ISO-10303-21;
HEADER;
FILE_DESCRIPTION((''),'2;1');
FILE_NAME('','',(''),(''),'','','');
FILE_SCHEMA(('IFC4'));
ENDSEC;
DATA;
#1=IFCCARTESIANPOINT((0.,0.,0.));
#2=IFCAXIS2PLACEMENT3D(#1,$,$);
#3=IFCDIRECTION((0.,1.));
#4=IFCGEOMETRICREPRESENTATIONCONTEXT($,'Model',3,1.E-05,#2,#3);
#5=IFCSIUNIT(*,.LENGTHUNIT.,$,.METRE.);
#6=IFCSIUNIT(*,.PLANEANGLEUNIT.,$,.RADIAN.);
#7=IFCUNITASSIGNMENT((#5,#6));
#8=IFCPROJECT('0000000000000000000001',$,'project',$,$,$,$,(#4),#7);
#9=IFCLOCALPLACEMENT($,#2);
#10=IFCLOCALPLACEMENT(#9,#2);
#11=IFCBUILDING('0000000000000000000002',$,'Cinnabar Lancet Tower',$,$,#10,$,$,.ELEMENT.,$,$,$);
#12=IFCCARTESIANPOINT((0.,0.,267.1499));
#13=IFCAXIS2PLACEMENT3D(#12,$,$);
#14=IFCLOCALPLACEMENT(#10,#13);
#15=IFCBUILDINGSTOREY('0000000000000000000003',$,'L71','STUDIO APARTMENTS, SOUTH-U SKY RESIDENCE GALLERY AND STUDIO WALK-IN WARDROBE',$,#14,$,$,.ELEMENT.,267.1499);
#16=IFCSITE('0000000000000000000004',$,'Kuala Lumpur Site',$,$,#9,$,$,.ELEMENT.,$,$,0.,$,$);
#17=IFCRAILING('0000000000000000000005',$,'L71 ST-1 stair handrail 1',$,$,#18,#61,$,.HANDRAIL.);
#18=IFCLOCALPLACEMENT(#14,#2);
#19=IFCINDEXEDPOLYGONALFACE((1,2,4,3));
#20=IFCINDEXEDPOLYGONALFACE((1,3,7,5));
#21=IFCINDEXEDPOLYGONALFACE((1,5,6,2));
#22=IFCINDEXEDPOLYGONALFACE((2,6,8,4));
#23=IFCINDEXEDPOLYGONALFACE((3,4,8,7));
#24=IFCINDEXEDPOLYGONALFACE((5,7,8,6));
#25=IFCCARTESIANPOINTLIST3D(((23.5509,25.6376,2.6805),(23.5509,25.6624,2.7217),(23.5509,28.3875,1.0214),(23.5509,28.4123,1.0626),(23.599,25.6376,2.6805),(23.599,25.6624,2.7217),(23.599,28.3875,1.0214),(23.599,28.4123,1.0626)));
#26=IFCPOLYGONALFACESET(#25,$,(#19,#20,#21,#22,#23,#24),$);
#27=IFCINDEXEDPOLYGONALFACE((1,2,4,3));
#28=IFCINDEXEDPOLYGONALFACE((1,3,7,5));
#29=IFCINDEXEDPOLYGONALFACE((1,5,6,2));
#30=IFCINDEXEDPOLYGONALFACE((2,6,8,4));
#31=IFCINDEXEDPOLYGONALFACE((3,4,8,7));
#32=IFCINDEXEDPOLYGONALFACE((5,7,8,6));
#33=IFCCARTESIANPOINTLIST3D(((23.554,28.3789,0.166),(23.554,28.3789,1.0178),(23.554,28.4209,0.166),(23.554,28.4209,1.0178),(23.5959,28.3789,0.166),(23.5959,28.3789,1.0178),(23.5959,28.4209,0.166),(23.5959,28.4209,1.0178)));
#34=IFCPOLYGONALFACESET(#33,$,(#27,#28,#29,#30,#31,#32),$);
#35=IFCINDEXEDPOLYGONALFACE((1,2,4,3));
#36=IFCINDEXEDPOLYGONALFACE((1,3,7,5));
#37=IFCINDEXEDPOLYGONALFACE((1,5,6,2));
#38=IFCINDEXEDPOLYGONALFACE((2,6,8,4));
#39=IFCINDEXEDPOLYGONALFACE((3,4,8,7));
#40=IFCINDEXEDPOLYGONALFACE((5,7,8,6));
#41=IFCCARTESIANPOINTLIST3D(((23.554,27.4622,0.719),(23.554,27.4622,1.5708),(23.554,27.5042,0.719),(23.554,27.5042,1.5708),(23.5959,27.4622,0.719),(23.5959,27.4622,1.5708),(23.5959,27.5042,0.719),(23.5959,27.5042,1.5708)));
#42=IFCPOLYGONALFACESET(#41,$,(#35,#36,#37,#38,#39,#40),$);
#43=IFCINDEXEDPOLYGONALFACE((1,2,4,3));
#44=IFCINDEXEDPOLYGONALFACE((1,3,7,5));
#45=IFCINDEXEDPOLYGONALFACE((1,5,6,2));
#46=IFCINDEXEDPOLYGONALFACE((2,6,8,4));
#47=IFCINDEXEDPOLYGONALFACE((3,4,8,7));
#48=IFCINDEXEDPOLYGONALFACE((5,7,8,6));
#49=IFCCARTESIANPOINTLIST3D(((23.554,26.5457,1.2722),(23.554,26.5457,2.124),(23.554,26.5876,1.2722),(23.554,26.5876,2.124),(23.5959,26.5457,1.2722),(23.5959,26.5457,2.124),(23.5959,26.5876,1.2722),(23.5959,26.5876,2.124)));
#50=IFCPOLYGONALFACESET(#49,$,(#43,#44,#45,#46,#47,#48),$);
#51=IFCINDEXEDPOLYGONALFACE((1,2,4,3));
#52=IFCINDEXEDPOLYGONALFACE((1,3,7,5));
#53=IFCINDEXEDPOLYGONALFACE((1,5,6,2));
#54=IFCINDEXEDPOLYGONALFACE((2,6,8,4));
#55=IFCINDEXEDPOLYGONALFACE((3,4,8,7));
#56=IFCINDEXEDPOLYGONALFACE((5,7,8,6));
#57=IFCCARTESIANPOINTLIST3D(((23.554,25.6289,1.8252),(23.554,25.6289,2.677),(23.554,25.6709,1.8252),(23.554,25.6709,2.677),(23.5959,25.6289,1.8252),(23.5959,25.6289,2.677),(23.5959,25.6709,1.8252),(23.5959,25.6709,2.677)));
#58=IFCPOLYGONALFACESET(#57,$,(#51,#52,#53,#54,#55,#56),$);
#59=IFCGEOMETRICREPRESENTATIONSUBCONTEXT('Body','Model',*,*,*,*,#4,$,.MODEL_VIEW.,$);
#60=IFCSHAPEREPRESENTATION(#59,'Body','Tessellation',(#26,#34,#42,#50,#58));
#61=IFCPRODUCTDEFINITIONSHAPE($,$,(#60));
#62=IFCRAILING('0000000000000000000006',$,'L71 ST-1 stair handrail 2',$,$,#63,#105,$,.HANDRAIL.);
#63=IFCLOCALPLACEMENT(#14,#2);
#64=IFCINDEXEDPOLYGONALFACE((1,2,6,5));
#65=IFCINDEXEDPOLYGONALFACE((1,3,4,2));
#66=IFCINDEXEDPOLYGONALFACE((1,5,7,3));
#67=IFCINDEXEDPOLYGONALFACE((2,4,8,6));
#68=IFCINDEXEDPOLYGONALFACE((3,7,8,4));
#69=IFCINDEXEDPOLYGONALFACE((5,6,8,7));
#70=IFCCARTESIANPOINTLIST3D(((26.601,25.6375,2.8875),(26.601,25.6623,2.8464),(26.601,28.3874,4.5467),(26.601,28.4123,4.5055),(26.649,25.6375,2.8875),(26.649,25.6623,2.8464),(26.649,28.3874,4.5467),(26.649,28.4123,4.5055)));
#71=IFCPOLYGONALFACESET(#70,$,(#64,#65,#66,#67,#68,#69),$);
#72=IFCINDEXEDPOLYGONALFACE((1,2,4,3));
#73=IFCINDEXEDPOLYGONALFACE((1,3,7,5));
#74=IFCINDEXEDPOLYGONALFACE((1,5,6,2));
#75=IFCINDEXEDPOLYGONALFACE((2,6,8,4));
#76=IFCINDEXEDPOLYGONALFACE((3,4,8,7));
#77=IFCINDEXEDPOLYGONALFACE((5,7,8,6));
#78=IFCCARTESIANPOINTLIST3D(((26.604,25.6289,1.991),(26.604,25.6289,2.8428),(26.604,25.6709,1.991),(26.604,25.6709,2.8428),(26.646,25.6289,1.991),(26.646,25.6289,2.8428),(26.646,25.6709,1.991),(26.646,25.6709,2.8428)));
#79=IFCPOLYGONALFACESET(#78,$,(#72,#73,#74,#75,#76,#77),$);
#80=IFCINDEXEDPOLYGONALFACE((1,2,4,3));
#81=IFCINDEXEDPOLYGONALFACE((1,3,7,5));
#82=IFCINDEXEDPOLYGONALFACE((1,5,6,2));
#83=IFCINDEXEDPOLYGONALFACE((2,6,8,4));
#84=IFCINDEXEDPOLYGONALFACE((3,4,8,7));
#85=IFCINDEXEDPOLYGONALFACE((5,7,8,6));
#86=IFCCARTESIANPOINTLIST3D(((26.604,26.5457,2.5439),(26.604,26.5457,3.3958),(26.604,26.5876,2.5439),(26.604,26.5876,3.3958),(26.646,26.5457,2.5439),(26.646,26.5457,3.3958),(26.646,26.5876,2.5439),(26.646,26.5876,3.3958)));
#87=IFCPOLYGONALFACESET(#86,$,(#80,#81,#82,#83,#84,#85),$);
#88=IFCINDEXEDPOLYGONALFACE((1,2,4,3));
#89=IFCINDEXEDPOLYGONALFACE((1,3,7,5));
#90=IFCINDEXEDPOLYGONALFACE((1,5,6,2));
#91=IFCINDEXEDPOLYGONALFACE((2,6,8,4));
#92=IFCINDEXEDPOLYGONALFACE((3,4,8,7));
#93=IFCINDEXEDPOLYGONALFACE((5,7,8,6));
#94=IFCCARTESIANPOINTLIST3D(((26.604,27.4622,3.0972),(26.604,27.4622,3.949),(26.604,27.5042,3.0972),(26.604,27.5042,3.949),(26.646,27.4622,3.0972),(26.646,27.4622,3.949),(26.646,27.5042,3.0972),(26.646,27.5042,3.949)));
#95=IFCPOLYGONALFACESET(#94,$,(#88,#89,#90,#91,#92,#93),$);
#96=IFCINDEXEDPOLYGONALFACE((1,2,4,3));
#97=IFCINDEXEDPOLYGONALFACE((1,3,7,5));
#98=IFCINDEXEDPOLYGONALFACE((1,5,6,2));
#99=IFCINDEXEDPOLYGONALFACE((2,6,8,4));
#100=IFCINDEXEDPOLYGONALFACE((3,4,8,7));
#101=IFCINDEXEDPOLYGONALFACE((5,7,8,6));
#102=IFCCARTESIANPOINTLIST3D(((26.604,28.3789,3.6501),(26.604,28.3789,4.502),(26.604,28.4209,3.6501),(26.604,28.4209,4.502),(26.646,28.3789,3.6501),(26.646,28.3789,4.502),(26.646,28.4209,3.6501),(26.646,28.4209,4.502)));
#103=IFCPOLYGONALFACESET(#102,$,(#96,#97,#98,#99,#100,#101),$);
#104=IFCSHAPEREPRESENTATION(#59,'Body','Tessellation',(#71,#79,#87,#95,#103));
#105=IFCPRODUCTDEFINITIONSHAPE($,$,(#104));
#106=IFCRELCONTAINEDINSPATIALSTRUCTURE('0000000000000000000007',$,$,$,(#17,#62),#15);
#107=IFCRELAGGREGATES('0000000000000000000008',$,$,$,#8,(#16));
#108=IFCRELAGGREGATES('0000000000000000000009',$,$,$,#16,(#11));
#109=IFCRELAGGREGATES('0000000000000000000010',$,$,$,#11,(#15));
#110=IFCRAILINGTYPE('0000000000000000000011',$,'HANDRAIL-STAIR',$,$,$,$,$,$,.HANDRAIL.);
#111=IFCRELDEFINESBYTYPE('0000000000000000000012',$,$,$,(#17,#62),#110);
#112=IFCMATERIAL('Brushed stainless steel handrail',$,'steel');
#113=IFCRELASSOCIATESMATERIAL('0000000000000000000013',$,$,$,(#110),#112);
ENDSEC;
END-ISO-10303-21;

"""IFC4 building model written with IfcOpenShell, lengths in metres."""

from ifc_helpers import new_model, si_unit, direction, frame, origin, origin_2d, place, context, subcontext, project, spatial, rectangle, extrude, material, type_object, element, save


model = new_model("IFC4")

# Units and contexts
model_context = context("Model", 3, precision=1e-05, world=origin(), true_north=direction((0.0, 1.0)))
body_context = subcontext(model_context, "Body", "Model", "MODEL_VIEW")
ifc_project = project(units=[si_unit("LENGTHUNIT", "METRE"), si_unit("PLANEANGLEUNIT", "RADIAN")], contexts=[model_context])

# Site, building, storey
site_placement = place(None, origin())
site = spatial("IfcSite", under=ifc_project, at=site_placement, Name="Kuala Lumpur Site", CompositionType="ELEMENT", RefElevation=0.0)
building_placement = place(site_placement, origin())
building = spatial("IfcBuilding", under=site, at=building_placement, Name="Cinnabar Lancet Tower", CompositionType="ELEMENT")
storey_placement = place(building_placement, frame((0.0, 0.0, 267.1499)))
storey = spatial("IfcBuildingStorey", under=building, at=storey_placement, Name="L71", Description="STUDIO APARTMENTS, SOUTH-U SKY RESIDENCE GALLERY AND STUDIO WALK-IN WARDROBE", CompositionType="ELEMENT", Elevation=267.1499)

# Railings
ifc_material_1 = material(Name="Brushed stainless steel handrail", Category="steel")
railing_type_1 = type_object("IfcRailingType", Name="HANDRAIL-STAIR", PredefinedType="HANDRAIL", material=ifc_material_1)
railing_1_placement = place(storey_placement, frame((23.575, 28.3999, 0.166)))
element("IfcRailing", 1, at=railing_1_placement, inside=storey, type_object=railing_type_1, Name="L71 ST-1 stair handrail 1", PredefinedType="HANDRAIL", context=body_context, shape_type="SweptSolid", body=[
    extrude(rectangle(XDim=0.0481, YDim=0.0481, at=origin_2d()), frame((0.0, 0.0, 0.876), z_axis=(0.0, -0.856229, 0.516596), x_axis=(1.0, 0.0, 0.0)), (0.0, 0.0, 1.0), 3.2117),
    extrude(rectangle(XDim=0.042, YDim=0.042, at=origin_2d()), origin(), (0.0, 0.0, 1.0), 0.8518),
    extrude(rectangle(XDim=0.042, YDim=0.042, at=origin_2d()), frame((0.0, -0.9167, 0.553)), (0.0, 0.0, 1.0), 0.8518),
    extrude(rectangle(XDim=0.042, YDim=0.042, at=origin_2d()), frame((0.0, -1.8333, 1.1062)), (0.0, 0.0, 1.0), 0.8518),
    extrude(rectangle(XDim=0.042, YDim=0.042, at=origin_2d()), frame((0.0, -2.75, 1.6592)), (0.0, 0.0, 1.0), 0.8518),
])
railing_2_placement = place(storey_placement, frame((26.625, 25.6499, 1.991)))
element("IfcRailing", 2, at=railing_2_placement, inside=storey, type_object=railing_type_1, Name="L71 ST-1 stair handrail 2", PredefinedType="HANDRAIL", context=body_context, shape_type="SweptSolid", body=[
    extrude(rectangle(XDim=0.0481, YDim=0.0481, at=origin_2d()), frame((0.0, 0.0, 0.876), z_axis=(0.0, 0.856229, 0.516596), x_axis=(-1.0, 0.0, 0.0)), (0.0, 0.0, 1.0), 3.2117),
    extrude(rectangle(XDim=0.042, YDim=0.042, at=origin_2d()), origin(), (0.0, 0.0, 1.0), 0.8518),
    extrude(rectangle(XDim=0.042, YDim=0.042, at=origin_2d()), frame((0.0, 0.9167, 0.553)), (0.0, 0.0, 1.0), 0.8518),
    extrude(rectangle(XDim=0.042, YDim=0.042, at=origin_2d()), frame((0.0, 1.8333, 1.1062)), (0.0, 0.0, 1.0), 0.8518),
    extrude(rectangle(XDim=0.042, YDim=0.042, at=origin_2d()), frame((0.0, 2.75, 1.6592)), (0.0, 0.0, 1.0), 0.8518),
])

save(model, "model.ifc")
